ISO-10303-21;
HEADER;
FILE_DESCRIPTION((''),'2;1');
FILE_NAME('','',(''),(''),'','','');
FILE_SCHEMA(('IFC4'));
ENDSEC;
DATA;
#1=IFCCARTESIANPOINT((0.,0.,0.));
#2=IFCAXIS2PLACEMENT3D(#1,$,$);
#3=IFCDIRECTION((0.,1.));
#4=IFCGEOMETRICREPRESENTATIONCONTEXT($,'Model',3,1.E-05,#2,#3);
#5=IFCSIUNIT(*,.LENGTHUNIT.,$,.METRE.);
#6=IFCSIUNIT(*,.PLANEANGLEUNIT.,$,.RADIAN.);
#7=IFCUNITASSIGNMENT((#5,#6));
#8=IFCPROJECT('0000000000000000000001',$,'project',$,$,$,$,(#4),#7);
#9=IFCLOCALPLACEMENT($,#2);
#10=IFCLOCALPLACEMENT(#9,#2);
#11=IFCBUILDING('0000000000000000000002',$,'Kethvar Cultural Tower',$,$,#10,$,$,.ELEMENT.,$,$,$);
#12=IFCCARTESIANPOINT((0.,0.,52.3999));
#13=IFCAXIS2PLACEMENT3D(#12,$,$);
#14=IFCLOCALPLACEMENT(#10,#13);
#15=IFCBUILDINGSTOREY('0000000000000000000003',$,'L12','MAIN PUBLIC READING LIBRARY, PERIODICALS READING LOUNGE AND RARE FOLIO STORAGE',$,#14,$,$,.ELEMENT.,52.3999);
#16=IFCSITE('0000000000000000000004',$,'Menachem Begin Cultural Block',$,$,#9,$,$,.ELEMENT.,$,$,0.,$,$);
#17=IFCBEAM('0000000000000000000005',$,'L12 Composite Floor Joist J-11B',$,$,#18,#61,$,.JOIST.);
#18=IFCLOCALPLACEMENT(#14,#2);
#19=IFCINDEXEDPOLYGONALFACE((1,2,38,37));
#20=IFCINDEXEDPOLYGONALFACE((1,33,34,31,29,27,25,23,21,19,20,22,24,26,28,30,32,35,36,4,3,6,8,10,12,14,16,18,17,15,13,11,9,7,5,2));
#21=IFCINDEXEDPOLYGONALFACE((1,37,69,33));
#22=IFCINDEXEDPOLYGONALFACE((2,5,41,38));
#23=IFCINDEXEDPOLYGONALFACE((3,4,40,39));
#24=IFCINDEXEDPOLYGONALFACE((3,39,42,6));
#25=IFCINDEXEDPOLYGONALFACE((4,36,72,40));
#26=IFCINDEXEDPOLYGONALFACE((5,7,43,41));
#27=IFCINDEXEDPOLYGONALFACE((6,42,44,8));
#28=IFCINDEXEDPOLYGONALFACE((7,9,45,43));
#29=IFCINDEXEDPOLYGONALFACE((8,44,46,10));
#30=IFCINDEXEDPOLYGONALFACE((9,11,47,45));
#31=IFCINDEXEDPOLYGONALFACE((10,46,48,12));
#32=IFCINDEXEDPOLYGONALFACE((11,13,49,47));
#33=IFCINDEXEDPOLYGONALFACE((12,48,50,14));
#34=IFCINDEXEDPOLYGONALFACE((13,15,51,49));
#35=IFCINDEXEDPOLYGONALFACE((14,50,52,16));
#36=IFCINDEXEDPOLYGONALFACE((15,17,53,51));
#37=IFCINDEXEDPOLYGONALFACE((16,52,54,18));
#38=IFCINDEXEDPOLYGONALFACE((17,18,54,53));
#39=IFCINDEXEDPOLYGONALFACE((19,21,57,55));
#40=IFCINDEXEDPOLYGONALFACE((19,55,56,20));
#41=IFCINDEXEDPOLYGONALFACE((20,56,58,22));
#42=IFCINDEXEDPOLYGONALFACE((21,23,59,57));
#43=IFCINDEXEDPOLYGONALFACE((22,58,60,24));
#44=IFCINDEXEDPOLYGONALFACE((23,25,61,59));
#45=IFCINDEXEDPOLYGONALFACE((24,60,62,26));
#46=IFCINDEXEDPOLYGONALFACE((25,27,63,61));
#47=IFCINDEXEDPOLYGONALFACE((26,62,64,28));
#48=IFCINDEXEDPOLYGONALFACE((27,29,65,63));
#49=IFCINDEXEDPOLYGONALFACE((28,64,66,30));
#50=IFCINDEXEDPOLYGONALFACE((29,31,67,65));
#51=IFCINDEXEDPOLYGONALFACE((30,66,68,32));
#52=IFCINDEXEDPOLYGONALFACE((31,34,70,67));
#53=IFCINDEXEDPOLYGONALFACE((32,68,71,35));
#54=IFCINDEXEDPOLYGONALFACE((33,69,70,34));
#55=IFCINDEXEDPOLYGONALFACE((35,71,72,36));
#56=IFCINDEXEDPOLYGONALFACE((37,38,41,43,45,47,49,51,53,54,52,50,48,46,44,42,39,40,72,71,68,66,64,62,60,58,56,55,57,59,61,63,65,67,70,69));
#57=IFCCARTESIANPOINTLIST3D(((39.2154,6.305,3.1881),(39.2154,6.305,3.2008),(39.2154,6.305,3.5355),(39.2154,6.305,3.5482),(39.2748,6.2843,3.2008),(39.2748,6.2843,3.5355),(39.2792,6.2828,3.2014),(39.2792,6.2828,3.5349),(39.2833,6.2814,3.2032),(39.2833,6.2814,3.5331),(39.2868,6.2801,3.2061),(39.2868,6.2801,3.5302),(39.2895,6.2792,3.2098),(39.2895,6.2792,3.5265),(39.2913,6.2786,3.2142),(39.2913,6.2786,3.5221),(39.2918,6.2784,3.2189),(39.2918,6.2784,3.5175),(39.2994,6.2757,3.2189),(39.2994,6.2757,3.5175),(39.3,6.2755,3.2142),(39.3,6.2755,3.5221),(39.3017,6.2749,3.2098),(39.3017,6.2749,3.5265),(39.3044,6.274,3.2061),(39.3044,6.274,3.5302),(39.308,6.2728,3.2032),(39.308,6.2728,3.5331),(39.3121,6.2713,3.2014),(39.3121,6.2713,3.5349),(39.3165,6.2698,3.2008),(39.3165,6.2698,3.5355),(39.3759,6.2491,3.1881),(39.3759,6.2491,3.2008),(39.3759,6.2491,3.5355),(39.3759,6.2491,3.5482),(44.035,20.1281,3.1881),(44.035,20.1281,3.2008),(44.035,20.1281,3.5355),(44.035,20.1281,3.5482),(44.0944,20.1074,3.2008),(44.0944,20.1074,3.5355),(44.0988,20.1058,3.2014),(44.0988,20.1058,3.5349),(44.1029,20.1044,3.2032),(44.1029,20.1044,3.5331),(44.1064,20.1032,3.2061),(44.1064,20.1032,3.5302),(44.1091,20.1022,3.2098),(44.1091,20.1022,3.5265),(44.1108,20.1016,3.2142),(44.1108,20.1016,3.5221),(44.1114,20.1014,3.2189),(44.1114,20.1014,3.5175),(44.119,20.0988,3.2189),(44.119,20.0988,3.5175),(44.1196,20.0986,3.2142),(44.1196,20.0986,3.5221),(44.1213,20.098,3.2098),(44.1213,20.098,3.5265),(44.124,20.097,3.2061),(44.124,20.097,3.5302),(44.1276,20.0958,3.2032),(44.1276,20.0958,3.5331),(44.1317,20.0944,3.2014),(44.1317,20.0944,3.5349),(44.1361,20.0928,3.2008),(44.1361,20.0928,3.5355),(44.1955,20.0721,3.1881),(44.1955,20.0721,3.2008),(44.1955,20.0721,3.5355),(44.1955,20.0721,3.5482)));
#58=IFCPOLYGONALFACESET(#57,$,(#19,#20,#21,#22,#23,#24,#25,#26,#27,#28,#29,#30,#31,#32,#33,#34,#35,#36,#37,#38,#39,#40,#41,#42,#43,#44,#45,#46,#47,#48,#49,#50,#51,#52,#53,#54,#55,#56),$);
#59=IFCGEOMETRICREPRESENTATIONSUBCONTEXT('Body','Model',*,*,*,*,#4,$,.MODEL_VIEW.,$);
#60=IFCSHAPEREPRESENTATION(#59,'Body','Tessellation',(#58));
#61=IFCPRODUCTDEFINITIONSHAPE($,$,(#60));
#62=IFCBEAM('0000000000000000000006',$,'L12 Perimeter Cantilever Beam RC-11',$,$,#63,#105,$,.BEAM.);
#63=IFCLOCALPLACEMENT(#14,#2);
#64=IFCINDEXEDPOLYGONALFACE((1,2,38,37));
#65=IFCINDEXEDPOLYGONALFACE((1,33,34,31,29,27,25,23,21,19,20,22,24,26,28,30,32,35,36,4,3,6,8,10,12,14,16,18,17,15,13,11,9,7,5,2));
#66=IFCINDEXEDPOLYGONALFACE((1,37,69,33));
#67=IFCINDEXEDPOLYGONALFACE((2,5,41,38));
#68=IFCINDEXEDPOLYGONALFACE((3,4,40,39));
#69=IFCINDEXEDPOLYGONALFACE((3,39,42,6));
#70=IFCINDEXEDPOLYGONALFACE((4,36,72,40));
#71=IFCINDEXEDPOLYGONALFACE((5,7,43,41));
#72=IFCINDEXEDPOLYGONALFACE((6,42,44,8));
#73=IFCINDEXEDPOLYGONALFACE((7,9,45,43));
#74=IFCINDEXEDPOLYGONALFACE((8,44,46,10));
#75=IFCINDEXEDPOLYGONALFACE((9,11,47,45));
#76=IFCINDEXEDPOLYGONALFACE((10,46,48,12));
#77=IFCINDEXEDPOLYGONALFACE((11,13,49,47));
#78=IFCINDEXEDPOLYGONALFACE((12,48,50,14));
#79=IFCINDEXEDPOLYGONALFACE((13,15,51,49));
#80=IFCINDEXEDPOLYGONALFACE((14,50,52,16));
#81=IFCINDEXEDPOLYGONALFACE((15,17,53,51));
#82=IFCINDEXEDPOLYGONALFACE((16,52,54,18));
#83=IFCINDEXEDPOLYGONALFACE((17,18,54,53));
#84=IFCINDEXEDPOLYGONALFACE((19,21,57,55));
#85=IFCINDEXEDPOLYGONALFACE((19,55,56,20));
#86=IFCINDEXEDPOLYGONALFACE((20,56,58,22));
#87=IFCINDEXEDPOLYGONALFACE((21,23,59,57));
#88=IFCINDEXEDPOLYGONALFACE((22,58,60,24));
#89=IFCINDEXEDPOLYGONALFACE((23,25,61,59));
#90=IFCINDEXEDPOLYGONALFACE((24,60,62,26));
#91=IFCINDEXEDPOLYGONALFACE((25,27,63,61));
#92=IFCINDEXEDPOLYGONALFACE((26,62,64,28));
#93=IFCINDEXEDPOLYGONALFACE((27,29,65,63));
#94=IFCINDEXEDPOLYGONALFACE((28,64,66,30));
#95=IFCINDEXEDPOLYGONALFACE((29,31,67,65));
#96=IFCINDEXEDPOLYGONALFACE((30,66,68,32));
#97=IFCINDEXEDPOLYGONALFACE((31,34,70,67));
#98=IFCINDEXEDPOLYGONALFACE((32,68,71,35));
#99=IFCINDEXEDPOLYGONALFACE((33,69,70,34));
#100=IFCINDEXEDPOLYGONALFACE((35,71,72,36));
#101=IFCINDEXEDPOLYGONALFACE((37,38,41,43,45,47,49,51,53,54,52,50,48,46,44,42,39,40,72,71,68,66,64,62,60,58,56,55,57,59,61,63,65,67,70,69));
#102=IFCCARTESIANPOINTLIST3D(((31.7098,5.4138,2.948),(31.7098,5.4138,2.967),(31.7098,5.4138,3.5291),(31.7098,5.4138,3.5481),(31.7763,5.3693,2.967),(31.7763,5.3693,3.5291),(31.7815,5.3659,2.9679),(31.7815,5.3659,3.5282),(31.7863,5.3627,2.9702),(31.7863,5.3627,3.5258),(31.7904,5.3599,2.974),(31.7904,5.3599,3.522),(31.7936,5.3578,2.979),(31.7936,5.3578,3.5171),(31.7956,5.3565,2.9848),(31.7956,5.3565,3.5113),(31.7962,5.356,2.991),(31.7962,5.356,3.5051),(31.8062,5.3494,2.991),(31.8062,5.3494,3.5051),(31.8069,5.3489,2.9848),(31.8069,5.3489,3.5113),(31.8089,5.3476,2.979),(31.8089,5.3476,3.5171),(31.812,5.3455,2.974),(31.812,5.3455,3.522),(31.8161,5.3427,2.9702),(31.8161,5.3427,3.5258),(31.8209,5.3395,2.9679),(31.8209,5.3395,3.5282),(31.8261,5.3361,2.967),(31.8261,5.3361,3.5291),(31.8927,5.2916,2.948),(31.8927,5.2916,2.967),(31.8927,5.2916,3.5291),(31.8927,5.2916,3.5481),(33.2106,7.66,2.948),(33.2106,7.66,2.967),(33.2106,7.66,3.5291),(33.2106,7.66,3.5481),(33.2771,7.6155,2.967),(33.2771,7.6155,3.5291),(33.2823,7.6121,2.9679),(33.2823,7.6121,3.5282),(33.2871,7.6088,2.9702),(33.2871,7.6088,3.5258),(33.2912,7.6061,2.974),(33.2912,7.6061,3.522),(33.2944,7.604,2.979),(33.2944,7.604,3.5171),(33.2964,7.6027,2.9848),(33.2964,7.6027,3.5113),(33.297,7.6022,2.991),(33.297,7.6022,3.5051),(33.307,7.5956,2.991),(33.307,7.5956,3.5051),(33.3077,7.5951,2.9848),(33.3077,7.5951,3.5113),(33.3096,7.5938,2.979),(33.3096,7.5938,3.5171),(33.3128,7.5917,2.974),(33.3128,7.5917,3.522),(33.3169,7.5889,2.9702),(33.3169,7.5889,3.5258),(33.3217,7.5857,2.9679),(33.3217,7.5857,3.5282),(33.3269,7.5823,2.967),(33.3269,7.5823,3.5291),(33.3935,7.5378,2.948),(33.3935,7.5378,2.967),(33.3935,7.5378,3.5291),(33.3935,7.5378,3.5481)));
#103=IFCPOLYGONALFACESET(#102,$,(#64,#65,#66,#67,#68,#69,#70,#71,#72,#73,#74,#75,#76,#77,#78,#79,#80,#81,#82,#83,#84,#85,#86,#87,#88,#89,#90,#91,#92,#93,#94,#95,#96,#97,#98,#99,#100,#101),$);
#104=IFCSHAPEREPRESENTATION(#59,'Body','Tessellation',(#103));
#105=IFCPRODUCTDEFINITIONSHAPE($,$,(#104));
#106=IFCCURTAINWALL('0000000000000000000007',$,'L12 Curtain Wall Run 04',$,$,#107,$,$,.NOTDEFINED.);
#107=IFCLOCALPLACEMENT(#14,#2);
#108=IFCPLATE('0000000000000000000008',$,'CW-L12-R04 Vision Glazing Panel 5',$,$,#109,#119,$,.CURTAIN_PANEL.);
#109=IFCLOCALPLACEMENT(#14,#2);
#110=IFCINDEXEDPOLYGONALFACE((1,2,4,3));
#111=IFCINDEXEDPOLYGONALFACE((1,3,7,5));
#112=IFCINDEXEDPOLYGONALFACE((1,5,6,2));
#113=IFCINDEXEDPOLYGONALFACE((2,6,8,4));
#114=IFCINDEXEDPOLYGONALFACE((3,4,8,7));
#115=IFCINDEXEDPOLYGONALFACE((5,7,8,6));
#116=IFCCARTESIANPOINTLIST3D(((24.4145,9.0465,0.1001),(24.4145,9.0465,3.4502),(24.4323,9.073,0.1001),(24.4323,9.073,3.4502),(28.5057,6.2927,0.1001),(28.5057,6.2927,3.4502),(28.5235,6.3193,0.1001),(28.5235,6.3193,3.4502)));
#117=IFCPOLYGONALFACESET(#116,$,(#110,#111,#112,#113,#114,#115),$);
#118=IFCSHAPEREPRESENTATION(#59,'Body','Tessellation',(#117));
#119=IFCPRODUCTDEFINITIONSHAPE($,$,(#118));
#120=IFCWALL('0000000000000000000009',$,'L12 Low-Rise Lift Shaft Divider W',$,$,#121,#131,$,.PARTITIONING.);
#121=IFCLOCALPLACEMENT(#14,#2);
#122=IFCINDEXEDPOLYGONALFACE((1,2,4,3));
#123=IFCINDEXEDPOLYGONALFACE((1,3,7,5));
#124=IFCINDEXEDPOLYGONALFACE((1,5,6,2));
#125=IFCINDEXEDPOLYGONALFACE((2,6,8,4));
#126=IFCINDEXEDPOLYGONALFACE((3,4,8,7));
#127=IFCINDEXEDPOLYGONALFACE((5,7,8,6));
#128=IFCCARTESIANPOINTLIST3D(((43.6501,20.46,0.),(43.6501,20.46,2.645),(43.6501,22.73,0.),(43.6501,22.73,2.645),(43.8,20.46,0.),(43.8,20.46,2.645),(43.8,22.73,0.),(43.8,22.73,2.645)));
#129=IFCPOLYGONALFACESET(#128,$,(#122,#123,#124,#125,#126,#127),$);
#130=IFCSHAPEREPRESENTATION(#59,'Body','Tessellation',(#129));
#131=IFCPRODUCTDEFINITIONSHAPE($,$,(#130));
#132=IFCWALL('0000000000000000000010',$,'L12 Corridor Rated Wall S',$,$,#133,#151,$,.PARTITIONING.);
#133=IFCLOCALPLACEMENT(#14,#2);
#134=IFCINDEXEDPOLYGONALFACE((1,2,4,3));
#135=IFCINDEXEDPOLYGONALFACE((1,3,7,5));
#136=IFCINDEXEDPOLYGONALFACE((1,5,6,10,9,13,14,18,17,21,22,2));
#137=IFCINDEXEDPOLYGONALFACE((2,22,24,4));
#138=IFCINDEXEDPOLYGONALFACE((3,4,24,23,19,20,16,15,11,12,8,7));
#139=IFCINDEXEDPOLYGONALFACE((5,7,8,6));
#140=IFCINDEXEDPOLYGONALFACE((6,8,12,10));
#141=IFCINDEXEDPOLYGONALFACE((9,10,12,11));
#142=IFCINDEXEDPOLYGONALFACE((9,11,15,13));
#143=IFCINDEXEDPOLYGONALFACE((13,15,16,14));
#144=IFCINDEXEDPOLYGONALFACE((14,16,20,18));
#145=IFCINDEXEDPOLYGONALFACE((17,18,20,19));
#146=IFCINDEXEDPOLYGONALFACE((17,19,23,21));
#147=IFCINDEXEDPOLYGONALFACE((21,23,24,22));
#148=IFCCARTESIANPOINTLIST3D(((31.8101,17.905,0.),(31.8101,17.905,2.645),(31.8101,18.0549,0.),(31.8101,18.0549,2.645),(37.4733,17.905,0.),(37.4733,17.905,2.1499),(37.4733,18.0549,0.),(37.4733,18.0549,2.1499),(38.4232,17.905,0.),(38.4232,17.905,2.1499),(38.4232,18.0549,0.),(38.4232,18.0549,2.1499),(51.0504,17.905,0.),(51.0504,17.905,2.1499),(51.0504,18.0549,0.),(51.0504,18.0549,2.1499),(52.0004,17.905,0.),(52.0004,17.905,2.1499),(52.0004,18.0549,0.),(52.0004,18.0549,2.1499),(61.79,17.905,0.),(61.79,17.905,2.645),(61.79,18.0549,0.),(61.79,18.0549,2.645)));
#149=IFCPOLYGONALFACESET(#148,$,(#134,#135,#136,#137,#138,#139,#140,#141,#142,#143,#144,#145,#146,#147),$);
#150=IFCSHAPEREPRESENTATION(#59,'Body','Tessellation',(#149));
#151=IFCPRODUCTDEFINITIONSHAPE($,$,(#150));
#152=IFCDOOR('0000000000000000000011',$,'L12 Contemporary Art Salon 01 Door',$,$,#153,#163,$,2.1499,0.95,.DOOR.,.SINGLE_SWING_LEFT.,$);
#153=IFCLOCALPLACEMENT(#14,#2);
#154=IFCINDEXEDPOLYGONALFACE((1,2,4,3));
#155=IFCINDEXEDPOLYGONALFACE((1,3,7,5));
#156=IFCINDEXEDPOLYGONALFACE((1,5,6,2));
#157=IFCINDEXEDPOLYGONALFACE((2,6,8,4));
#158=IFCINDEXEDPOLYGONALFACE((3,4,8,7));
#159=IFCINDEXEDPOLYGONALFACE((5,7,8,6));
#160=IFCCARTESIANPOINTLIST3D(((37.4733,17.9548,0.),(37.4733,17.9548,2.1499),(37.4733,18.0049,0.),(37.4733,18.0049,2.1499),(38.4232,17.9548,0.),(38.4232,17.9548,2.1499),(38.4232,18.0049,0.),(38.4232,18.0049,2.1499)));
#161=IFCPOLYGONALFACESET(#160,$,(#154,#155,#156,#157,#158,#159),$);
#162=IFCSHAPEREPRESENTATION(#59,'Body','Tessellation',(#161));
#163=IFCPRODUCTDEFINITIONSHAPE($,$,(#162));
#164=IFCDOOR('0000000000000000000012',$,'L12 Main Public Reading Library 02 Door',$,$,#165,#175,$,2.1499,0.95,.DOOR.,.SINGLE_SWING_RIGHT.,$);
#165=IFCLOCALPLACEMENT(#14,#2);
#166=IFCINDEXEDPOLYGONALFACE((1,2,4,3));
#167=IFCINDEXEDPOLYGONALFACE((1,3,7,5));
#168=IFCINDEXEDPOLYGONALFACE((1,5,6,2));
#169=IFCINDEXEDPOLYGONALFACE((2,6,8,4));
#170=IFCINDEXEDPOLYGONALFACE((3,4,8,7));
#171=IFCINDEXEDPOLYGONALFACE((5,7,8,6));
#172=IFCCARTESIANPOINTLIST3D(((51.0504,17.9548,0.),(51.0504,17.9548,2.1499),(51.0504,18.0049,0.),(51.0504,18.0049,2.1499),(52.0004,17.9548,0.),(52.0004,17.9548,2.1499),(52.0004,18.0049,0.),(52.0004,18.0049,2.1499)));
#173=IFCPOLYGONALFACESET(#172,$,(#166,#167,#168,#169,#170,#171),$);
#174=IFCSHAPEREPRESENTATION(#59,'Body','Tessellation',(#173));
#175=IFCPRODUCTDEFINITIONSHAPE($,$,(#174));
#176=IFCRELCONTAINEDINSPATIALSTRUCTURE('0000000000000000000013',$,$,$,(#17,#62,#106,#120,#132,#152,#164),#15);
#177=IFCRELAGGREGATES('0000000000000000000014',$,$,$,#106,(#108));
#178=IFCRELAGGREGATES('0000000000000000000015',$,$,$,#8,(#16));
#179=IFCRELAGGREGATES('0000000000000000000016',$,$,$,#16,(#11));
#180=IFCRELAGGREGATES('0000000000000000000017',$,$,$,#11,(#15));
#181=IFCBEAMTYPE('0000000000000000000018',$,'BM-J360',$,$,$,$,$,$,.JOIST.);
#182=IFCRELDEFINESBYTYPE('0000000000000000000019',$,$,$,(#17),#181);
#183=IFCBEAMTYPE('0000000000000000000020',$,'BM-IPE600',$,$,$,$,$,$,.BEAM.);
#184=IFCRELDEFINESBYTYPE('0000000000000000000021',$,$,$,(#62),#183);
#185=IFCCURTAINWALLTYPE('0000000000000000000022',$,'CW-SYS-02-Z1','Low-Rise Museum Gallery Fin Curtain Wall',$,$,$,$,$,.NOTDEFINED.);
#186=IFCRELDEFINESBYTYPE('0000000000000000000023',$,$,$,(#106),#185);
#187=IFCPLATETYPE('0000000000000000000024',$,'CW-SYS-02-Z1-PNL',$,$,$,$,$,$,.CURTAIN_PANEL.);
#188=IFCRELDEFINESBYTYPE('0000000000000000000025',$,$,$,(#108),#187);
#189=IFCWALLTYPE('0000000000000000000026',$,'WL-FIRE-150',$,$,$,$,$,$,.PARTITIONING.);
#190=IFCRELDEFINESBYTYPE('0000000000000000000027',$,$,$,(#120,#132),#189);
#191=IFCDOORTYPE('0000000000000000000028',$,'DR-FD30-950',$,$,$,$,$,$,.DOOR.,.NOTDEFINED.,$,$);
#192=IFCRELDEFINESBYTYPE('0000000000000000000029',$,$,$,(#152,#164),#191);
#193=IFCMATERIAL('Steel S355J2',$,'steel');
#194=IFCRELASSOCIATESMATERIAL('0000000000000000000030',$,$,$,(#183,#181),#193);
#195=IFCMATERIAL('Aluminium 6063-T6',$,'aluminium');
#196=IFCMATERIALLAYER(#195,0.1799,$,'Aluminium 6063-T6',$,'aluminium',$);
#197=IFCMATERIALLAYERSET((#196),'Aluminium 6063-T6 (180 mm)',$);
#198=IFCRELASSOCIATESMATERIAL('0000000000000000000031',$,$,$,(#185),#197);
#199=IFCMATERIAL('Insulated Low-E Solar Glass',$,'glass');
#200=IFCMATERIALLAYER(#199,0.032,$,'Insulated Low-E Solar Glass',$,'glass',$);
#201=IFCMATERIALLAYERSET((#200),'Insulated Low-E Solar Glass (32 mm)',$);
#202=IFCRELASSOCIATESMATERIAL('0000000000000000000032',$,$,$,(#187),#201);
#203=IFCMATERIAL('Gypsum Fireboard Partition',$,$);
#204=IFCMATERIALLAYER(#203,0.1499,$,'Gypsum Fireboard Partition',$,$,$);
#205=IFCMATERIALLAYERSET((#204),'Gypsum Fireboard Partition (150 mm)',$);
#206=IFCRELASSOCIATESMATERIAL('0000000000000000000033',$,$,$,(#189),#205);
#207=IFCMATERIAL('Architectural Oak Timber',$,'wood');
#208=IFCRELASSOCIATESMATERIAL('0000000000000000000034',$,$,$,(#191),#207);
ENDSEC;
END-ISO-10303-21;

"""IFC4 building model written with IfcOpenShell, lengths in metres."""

from ifc_helpers import new_model, si_unit, direction, frame, frame_2d, origin, origin_2d, place, context, subcontext, project, spatial, rectangle, i_section, extrude, source, transform, mapped, material, layer, layer_set, material_profile, profile_set, type_object, element, fill, aggregate, save


model = new_model("IFC4")

# Units and contexts
model_context = context("Model", 3, precision=1e-05, world=origin(), true_north=direction((0.0, 1.0)))
body_context = subcontext(model_context, "Body", "Model", "MODEL_VIEW")
ifc_project = project(units=[si_unit("LENGTHUNIT", "METRE"), si_unit("PLANEANGLEUNIT", "RADIAN")], contexts=[model_context])

# Site, building, storey
site_placement = place(None, origin())
site = spatial("IfcSite", under=ifc_project, at=site_placement, Name="Menachem Begin Cultural Block", CompositionType="ELEMENT", RefElevation=0.0)
building_placement = place(site_placement, origin())
building = spatial("IfcBuilding", under=site, at=building_placement, Name="Kethvar Cultural Tower", CompositionType="ELEMENT")
storey_placement = place(building_placement, frame((0.0, 0.0, 52.3999)))
storey = spatial("IfcBuildingStorey", under=building, at=storey_placement, Name="L12", Description="MAIN PUBLIC READING LIBRARY, PERIODICALS READING LOUNGE AND RARE FOLIO STORAGE", CompositionType="ELEMENT", Elevation=52.3999)

# Beams
ifc_material_1 = material(Name="Steel S355J2", Category="steel")
ifc_material_profile_1 = material_profile(ifc_material_1, i_section(OverallWidth=0.22, OverallDepth=0.6001, WebThickness=0.012, FlangeThickness=0.019, FilletRadius=0.0239, at=origin_2d()), Name="Steel S355J2 — IPE600")
ifc_profile_set_1 = profile_set([ifc_material_profile_1], Name="Steel S355J2 — IPE600")
beam_type_1 = type_object("IfcBeamType", Name="BM-IPE600", PredefinedType="BEAM", material=ifc_profile_set_1)
ifc_material_profile_2 = material_profile(ifc_material_1, i_section(OverallWidth=0.1699, OverallDepth=0.3601, WebThickness=0.0081, FlangeThickness=0.0127, FilletRadius=0.0181, at=origin_2d()), Name="Steel S355J2 — IPE360")
ifc_profile_set_2 = profile_set([ifc_material_profile_2], Name="Steel S355J2 — IPE360")
beam_type_2 = type_object("IfcBeamType", Name="BM-J360", PredefinedType="JOIST", material=ifc_profile_set_2)
shared_shape_1 = source(origin(), body_context, "Body", "SweptSolid", [
    extrude(i_section(OverallWidth=0.1699, OverallDepth=0.3601, WebThickness=0.0081, FlangeThickness=0.0127, FilletRadius=0.0181, at=origin_2d()), origin(), (0.0, 0.0, 1.0), 14.6392),
])
beam_1_placement = place(storey_placement, frame((44.1152, 20.1001, 3.3682), z_axis=(-0.329226, -0.944251, 0.0), x_axis=(0.944251, -0.329226, 0.0)))
element("IfcBeam", 1, at=beam_1_placement, inside=storey, type_object=beam_type_2, Name="L12 Composite Floor Joist J-11B", PredefinedType="JOIST", context=body_context, shape_type="MappedRepresentation", body=[
    mapped(shared_shape_1, transform((0.0, 0.0, 0.0), scale=1.0)),
])
shared_shape_2 = source(origin(), body_context, "Body", "SweptSolid", [
    extrude(i_section(OverallWidth=0.22, OverallDepth=0.6001, WebThickness=0.012, FlangeThickness=0.019, FilletRadius=0.0239, at=origin_2d()), origin(), (0.0, 0.0, 1.0), 2.7014),
])
beam_2_placement = place(storey_placement, frame((33.302, 7.5989, 3.248), z_axis=(-0.555555, -0.83148, 0.0), x_axis=(0.83148, -0.555555, 0.0)))
element("IfcBeam", 2, at=beam_2_placement, inside=storey, type_object=beam_type_1, Name="L12 Perimeter Cantilever Beam RC-11", PredefinedType="BEAM", context=body_context, shape_type="MappedRepresentation", body=[
    mapped(shared_shape_2, transform((0.0, 0.0, 0.0), scale=1.0)),
])

# Curtain wall, plate
ifc_material_2 = material(Name="Aluminium 6063-T6", Category="aluminium")
ifc_layer_1 = layer(ifc_material_2, 0.1799, Name="Aluminium 6063-T6", Category="aluminium")
ifc_layer_set_1 = layer_set([ifc_layer_1], Name="Aluminium 6063-T6 (180 mm)")
curtain_wall_type = type_object("IfcCurtainWallType", Name="CW-SYS-02-Z1", Description="Low-Rise Museum Gallery Fin Curtain Wall", PredefinedType="NOTDEFINED", material=ifc_layer_set_1)
curtain_wall_placement = place(storey_placement, origin())
curtain_wall = element("IfcCurtainWall", 3, at=curtain_wall_placement, inside=storey, type_object=curtain_wall_type, Name="L12 Curtain Wall Run 04", PredefinedType="NOTDEFINED")
ifc_material_3 = material(Name="Insulated Low-E Solar Glass", Category="glass")
ifc_layer_2 = layer(ifc_material_3, 0.032, Name="Insulated Low-E Solar Glass", Category="glass")
ifc_layer_set_2 = layer_set([ifc_layer_2], Name="Insulated Low-E Solar Glass (32 mm)")
plate_type = type_object("IfcPlateType", Name="CW-SYS-02-Z1-PNL", PredefinedType="CURTAIN_PANEL", material=ifc_layer_set_2)
shared_shape_3 = source(origin(), body_context, "Body", "SweptSolid", [
    extrude(rectangle(XDim=4.9316, YDim=0.032, at=origin_2d()), origin(), (0.0, 0.0, 1.0), 3.3501),
])
plate_placement = place(storey_placement, frame((26.469, 7.6829, 0.1001), z_axis=(0.0, 0.0, 1.0), x_axis=(0.829584, -0.558382, 0.0)))
plate = element("IfcPlate", 4, at=plate_placement, type_object=plate_type, Name="CW-L12-R04 Vision Glazing Panel 5", PredefinedType="CURTAIN_PANEL", context=body_context, shape_type="MappedRepresentation", body=[
    mapped(shared_shape_3, transform((0.0, 0.0, 0.0), scale=1.0)),
])
aggregate(curtain_wall, [plate])

# Wall
ifc_material_4 = material(Name="Gypsum Fireboard Partition")
ifc_layer_3 = layer(ifc_material_4, 0.1499, Name="Gypsum Fireboard Partition")
ifc_layer_set_3 = layer_set([ifc_layer_3], Name="Gypsum Fireboard Partition (150 mm)")
wall_type_1 = type_object("IfcWallType", Name="WL-FIRE-150", PredefinedType="PARTITIONING", material=ifc_layer_set_3)
wall_1_placement = place(storey_placement, frame((43.7251, 20.46, 0.0), z_axis=(0.0, 0.0, 1.0), x_axis=(0.0, 1.0, 0.0)))
element("IfcWall", 5, at=wall_1_placement, inside=storey, type_object=wall_type_1, Name="L12 Low-Rise Lift Shaft Divider W", PredefinedType="PARTITIONING", context=body_context, shape_type="SweptSolid", body=[
    extrude(rectangle(XDim=2.27, YDim=0.1499, at=frame_2d((1.135, 0.0))), origin(), (0.0, 0.0, 1.0), 2.645),
])

# Wall, openings, doors
wall_2_placement = place(storey_placement, frame((31.8101, 17.98, 0.0), z_axis=(0.0, 0.0, 1.0), x_axis=(1.0, 0.0, 0.0)))
wall_2 = element("IfcWall", 6, at=wall_2_placement, inside=storey, type_object=wall_type_1, Name="L12 Corridor Rated Wall S", PredefinedType="PARTITIONING", context=body_context, shape_type="SweptSolid", body=[
    extrude(rectangle(XDim=29.98, YDim=0.1499, at=frame_2d((14.99, 0.0))), origin(), (0.0, 0.0, 1.0), 2.645),
])
opening_1_placement = place(wall_2_placement, frame((5.6631, 0.0, 0.0)))
opening_1 = element("IfcOpeningElement", 7, at=opening_1_placement, cuts=wall_2, PredefinedType="OPENING", context=body_context, shape_type="SweptSolid", body=[
    extrude(rectangle(XDim=0.95, YDim=2.1499, at=frame_2d((0.4751, 1.075))), frame((0.0, 0.085, 0.0), z_axis=(0.0, -1.0, 0.0), x_axis=(1.0, 0.0, 0.0)), (0.0, 0.0, 1.0), 0.1699),
])
opening_2_placement = place(wall_2_placement, frame((19.2402, 0.0, 0.0)))
opening_2 = element("IfcOpeningElement", 8, at=opening_2_placement, cuts=wall_2, PredefinedType="OPENING", context=body_context, shape_type="SweptSolid", body=[
    extrude(rectangle(XDim=0.95, YDim=2.1499, at=frame_2d((0.4751, 1.075))), frame((0.0, 0.085, 0.0), z_axis=(0.0, -1.0, 0.0), x_axis=(1.0, 0.0, 0.0)), (0.0, 0.0, 1.0), 0.1699),
])
ifc_material_5 = material(Name="Architectural Oak Timber", Category="wood")
door_type_1 = type_object("IfcDoorType", Name="DR-FD30-950", OperationType="NOTDEFINED", PredefinedType="DOOR", material=ifc_material_5)
shared_shape_4 = source(origin(), body_context, "Body", "SweptSolid", [
    extrude(rectangle(XDim=0.95, YDim=2.1499, at=frame_2d((0.4751, 1.075))), frame((0.0, 0.0249, 0.0), z_axis=(0.0, -1.0, 0.0), x_axis=(1.0, 0.0, 0.0)), (0.0, 0.0, 1.0), 0.05),
])
door_1_placement = place(opening_1_placement, origin())
door_1 = element("IfcDoor", 9, at=door_1_placement, inside=storey, type_object=door_type_1, Name="L12 Contemporary Art Salon 01 Door", OperationType="SINGLE_SWING_LEFT", OverallHeight=2.1499, OverallWidth=0.95, PredefinedType="DOOR", context=body_context, shape_type="MappedRepresentation", body=[
    mapped(shared_shape_4, transform((0.0, 0.0, 0.0), scale=1.0)),
])
fill(opening_1, door_1)
door_2_placement = place(opening_2_placement, origin())
door_2 = element("IfcDoor", 10, at=door_2_placement, inside=storey, type_object=door_type_1, Name="L12 Main Public Reading Library 02 Door", OperationType="SINGLE_SWING_RIGHT", OverallHeight=2.1499, OverallWidth=0.95, PredefinedType="DOOR", context=body_context, shape_type="MappedRepresentation", body=[
    mapped(shared_shape_4, transform((0.0, 0.0, 0.0), scale=1.0)),
])
fill(opening_2, door_2)

save(model, "model.ifc")
